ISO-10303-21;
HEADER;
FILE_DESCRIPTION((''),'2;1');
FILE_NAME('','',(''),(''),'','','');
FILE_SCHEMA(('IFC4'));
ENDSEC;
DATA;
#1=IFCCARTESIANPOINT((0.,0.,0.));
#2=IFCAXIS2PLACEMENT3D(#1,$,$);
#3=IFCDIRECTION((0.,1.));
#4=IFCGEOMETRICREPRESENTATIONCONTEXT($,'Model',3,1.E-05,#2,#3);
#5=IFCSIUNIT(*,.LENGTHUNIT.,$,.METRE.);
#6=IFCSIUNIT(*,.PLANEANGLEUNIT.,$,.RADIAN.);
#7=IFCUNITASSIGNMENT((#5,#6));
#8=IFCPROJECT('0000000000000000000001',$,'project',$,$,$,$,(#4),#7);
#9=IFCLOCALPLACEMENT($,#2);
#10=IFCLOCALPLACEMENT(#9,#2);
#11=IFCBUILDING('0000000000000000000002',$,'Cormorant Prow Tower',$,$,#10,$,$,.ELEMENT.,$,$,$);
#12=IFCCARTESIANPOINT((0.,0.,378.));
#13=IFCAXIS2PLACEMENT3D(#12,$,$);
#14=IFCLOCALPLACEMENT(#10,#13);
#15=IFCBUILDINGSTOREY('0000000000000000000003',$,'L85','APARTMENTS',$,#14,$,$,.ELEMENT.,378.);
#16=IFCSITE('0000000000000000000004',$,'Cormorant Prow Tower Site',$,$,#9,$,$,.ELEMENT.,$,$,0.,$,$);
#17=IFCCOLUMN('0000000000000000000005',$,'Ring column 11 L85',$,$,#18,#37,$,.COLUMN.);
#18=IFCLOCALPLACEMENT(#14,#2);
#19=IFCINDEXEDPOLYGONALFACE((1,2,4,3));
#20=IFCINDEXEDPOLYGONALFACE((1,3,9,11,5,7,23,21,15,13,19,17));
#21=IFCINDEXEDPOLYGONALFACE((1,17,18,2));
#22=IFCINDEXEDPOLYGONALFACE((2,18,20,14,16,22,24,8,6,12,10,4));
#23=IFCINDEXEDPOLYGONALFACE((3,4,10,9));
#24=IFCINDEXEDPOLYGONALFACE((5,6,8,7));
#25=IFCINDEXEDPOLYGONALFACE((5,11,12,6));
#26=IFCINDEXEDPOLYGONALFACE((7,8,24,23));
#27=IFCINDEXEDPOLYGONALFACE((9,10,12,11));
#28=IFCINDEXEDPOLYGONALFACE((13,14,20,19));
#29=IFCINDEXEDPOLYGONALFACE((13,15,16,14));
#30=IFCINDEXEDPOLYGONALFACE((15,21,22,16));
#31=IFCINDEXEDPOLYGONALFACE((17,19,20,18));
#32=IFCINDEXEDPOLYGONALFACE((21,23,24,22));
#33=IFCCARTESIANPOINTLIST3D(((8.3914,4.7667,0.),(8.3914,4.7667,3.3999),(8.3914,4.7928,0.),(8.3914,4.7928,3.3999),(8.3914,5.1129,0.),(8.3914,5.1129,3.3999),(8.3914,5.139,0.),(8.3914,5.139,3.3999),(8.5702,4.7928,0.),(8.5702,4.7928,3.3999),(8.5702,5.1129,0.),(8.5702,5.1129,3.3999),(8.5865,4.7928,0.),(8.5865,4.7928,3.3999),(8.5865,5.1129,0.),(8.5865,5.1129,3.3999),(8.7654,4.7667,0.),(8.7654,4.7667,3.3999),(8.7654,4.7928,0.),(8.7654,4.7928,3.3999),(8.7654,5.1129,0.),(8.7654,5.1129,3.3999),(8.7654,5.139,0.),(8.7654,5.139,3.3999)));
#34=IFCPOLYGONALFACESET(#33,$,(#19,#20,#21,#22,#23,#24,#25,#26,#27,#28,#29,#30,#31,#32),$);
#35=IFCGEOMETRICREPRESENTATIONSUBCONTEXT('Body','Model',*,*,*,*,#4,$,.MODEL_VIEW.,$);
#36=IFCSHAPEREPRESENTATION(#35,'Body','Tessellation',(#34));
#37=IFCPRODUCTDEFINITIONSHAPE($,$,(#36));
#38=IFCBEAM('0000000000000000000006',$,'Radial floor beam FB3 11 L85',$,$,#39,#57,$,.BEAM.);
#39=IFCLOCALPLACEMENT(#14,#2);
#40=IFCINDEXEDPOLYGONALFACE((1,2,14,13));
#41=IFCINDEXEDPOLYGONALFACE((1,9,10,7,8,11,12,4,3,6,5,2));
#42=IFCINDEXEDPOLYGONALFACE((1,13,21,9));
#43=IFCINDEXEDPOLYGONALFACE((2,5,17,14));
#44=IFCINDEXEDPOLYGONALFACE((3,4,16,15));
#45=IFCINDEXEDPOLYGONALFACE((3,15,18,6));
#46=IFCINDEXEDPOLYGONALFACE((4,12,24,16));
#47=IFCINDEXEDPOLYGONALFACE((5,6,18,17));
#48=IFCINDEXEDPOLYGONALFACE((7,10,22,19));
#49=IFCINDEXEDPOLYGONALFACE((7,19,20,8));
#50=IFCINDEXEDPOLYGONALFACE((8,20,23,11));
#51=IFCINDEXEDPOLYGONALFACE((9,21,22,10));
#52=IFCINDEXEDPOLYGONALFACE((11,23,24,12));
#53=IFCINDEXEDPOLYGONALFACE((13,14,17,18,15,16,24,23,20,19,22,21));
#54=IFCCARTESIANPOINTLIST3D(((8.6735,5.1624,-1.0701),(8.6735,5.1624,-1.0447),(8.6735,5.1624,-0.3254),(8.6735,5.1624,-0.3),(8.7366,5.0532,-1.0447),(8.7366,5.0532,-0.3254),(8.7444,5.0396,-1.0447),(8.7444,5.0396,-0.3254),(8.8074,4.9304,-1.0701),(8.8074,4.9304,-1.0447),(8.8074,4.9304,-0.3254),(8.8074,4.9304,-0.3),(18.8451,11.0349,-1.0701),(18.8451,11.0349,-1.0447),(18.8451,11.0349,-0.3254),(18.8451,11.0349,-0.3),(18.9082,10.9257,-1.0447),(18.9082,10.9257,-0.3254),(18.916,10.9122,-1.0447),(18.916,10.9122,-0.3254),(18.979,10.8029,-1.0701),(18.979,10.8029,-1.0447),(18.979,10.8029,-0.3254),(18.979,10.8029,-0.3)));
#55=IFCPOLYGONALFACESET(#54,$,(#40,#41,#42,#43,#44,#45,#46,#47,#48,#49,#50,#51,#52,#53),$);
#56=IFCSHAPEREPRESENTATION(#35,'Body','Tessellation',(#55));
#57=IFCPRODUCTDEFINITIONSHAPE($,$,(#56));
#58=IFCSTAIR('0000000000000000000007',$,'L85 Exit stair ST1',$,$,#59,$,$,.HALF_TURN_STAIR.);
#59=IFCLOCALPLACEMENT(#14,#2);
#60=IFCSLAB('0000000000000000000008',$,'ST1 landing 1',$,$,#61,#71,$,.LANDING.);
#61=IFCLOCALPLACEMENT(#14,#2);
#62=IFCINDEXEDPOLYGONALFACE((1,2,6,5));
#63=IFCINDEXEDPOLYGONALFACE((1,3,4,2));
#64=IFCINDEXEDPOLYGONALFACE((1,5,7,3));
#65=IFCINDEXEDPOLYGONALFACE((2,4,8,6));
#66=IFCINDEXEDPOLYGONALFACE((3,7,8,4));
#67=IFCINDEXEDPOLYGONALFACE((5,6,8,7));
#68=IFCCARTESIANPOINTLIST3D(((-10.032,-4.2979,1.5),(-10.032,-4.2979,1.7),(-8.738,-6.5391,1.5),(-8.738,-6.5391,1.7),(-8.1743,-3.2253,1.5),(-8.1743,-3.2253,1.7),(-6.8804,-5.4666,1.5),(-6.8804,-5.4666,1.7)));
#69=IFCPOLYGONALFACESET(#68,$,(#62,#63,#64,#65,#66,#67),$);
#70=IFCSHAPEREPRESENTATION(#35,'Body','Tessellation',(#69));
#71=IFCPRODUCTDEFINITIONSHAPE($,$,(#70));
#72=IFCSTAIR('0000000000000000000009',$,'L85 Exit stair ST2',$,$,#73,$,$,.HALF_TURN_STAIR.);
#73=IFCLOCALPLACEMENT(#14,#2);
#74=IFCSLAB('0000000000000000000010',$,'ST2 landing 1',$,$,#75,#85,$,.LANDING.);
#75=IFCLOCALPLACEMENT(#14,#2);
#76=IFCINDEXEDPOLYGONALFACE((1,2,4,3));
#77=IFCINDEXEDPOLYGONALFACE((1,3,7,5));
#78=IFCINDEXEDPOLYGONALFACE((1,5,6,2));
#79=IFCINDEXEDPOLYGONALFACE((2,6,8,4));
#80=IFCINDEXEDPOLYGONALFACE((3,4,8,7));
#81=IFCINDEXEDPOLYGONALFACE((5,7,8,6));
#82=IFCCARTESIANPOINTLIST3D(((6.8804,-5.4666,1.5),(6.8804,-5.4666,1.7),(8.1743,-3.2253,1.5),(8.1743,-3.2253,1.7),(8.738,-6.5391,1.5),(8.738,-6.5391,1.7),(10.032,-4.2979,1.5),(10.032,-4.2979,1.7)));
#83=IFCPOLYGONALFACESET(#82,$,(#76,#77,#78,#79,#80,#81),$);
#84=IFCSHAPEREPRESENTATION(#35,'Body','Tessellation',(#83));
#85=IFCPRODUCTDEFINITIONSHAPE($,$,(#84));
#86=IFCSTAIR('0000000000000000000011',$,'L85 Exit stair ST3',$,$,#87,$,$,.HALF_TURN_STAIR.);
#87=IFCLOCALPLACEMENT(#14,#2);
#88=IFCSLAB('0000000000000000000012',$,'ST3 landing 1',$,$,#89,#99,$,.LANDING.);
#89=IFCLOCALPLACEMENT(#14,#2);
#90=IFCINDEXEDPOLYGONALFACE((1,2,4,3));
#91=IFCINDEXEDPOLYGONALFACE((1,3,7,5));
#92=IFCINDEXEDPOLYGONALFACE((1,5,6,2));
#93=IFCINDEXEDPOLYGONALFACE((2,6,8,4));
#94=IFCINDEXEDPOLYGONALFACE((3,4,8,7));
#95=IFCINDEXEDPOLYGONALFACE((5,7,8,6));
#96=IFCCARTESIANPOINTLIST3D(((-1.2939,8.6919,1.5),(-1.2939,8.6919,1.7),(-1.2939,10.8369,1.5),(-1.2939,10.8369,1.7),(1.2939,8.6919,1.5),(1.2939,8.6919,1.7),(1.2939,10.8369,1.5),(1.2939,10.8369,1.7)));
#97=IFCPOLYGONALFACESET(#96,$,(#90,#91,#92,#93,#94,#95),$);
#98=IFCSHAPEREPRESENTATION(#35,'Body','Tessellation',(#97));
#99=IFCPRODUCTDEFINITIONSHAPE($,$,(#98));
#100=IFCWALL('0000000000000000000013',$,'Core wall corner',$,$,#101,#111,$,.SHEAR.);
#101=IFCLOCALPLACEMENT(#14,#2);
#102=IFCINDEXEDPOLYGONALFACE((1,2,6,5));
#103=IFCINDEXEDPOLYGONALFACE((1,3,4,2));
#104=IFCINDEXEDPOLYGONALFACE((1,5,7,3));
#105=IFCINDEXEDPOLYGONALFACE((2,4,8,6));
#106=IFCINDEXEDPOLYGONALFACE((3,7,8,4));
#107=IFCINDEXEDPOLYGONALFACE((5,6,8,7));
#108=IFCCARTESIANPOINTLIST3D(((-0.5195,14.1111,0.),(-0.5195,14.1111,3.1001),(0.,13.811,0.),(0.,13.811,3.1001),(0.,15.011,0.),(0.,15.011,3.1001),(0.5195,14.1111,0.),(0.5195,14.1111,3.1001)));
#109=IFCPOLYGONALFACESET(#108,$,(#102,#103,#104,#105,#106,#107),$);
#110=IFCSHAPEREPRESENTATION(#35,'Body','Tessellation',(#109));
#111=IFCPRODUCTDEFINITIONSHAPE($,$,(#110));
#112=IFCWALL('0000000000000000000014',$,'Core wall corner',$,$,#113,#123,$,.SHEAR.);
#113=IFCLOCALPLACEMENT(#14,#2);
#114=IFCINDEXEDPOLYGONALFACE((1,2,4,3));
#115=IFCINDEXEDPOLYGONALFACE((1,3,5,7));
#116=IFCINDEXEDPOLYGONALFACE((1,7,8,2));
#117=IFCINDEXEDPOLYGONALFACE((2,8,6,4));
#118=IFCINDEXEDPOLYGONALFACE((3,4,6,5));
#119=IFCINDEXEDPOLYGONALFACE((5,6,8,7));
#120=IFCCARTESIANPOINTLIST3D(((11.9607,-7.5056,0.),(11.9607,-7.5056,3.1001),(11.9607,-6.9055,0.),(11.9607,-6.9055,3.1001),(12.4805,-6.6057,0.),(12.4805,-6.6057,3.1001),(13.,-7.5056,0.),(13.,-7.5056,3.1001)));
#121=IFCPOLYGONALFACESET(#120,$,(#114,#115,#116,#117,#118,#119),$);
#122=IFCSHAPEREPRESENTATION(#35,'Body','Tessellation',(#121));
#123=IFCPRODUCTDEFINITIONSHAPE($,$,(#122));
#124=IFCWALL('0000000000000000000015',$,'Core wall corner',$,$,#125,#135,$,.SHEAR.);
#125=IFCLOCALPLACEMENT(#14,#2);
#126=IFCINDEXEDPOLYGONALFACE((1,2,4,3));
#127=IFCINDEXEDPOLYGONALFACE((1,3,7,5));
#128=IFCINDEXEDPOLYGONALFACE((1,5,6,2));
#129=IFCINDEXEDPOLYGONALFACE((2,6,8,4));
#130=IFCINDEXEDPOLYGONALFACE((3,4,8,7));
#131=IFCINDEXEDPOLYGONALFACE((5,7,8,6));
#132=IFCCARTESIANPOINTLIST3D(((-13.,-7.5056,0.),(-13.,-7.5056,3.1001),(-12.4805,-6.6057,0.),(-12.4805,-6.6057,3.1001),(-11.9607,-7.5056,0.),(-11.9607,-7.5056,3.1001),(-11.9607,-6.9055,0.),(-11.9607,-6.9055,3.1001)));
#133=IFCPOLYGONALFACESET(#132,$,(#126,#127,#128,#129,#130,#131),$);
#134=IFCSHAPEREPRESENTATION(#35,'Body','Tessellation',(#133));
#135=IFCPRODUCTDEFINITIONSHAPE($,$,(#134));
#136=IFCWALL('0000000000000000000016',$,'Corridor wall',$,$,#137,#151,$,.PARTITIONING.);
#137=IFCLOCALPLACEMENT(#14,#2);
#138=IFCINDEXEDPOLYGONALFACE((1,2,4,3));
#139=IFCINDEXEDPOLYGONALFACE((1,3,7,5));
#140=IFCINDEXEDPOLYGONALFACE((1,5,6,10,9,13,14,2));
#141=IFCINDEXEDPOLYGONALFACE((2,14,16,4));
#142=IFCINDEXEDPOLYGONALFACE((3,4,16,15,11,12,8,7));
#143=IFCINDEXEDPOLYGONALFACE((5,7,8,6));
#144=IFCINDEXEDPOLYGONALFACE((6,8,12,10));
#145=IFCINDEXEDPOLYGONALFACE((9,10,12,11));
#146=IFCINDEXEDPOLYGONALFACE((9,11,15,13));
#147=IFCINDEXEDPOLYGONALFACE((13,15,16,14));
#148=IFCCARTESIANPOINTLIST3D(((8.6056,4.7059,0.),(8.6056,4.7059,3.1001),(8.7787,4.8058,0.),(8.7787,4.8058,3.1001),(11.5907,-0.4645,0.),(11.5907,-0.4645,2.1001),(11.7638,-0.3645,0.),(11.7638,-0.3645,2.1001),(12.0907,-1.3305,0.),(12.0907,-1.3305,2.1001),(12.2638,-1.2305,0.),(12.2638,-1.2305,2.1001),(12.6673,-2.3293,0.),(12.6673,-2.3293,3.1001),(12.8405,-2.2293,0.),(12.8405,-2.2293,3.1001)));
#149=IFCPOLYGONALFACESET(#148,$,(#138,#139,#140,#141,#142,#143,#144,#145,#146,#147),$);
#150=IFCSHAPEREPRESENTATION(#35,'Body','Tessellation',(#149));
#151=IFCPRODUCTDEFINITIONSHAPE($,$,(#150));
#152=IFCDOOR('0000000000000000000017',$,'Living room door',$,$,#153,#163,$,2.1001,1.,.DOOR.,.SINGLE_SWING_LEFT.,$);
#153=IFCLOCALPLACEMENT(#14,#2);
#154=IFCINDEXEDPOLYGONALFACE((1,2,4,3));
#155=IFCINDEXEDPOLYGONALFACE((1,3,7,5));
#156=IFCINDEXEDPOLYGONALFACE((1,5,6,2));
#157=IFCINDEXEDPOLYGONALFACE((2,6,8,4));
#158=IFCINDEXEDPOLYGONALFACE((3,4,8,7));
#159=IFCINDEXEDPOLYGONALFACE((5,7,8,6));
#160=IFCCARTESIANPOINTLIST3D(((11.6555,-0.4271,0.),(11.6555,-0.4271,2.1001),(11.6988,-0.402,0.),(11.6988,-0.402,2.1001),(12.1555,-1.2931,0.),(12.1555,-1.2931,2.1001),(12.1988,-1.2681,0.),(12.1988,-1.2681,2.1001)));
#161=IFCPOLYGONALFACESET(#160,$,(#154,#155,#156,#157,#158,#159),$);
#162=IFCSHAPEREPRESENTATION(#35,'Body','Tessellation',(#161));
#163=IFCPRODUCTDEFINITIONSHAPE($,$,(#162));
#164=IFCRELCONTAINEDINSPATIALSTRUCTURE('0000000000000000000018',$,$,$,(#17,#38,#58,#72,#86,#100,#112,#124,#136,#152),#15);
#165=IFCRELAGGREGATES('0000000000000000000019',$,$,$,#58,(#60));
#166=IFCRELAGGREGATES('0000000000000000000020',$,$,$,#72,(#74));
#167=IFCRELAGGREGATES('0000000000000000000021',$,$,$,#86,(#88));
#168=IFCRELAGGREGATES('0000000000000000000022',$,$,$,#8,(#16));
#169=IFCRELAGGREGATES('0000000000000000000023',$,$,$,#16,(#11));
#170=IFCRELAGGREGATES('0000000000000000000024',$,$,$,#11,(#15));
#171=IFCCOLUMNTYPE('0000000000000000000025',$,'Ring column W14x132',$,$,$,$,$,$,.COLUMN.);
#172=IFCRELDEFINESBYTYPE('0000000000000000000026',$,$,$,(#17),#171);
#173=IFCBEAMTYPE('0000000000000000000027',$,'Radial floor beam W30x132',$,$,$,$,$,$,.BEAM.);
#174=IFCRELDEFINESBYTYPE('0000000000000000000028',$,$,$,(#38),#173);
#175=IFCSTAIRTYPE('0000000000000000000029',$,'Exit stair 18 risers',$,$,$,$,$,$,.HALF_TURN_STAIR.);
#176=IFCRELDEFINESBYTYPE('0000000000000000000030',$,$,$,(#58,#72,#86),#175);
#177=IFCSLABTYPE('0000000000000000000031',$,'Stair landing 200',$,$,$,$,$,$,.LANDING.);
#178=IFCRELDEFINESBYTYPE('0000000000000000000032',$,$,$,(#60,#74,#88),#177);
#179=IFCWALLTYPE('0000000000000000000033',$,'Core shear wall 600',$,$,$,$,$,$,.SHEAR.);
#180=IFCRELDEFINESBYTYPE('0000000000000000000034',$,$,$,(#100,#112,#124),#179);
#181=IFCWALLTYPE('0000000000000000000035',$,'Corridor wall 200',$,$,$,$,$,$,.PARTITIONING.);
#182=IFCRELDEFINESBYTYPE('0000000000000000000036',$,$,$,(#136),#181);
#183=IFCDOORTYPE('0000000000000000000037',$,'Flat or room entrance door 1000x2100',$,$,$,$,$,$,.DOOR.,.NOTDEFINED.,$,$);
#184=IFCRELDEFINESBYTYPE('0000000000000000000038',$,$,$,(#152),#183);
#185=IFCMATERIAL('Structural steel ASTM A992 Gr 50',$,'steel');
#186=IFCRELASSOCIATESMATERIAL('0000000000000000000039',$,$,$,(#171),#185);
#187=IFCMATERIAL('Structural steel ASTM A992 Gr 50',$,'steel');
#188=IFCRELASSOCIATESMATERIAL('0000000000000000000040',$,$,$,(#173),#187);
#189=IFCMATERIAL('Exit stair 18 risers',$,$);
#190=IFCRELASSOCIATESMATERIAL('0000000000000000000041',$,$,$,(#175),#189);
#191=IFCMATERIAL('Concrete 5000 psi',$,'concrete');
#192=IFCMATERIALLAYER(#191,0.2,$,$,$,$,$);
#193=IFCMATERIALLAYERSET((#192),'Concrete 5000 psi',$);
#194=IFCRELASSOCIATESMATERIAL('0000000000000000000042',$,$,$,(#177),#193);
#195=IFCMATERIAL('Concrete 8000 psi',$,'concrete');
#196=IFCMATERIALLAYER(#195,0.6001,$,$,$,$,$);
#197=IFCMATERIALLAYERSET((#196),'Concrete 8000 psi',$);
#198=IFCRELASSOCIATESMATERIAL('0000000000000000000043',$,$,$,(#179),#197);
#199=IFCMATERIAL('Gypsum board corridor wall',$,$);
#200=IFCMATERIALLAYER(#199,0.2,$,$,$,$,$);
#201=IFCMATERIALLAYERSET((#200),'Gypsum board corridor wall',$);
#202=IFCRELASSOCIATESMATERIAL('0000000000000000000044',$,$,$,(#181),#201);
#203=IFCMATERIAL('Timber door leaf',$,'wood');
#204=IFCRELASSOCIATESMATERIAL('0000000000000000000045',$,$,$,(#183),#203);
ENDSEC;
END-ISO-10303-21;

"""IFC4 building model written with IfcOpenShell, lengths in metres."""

from ifc_helpers import new_model, si_unit, direction, frame, frame_2d, origin, origin_2d, place, context, subcontext, project, spatial, polyline, rectangle, i_section, outline, extrude, material, layer, layer_set, material_profile, profile_set, type_object, element, fill, aggregate, save


model = new_model("IFC4")

# Units and contexts
model_context = context("Model", 3, precision=1e-05, world=origin(), true_north=direction((0.0, 1.0)))
body_context = subcontext(model_context, "Body", "Model", "MODEL_VIEW")
ifc_project = project(units=[si_unit("LENGTHUNIT", "METRE"), si_unit("PLANEANGLEUNIT", "RADIAN")], contexts=[model_context])

# Site, building, storey
site_placement = place(None, origin())
site = spatial("IfcSite", under=ifc_project, at=site_placement, Name="Cormorant Prow Tower Site", CompositionType="ELEMENT", RefElevation=0.0)
building_placement = place(site_placement, origin())
building = spatial("IfcBuilding", under=site, at=building_placement, Name="Cormorant Prow Tower", CompositionType="ELEMENT")
storey_placement = place(building_placement, frame((0.0, 0.0, 378.0)))
storey = spatial("IfcBuildingStorey", under=building, at=storey_placement, Name="L85", Description="APARTMENTS", CompositionType="ELEMENT", Elevation=378.0)

# Column
ifc_material_1 = material(Name="Structural steel ASTM A992 Gr 50", Category="steel")
ifc_material_profile_1 = material_profile(ifc_material_1, i_section(OverallWidth=0.374, OverallDepth=0.3723, WebThickness=0.0164, FlangeThickness=0.0261, at=origin_2d()), Name="W14x132")
ifc_profile_set_1 = profile_set([ifc_material_profile_1], Name="Structural steel ASTM A992 Gr 50")
column_type = type_object("IfcColumnType", Name="Ring column W14x132", PredefinedType="COLUMN", material=ifc_profile_set_1)
column_placement = place(storey_placement, frame((8.5784, 4.9529, 0.0), z_axis=(0.0, 0.0, 1.0), x_axis=(1.0, 0.0, 0.0)))
element("IfcColumn", 1, at=column_placement, inside=storey, type_object=column_type, Name="Ring column 11 L85", PredefinedType="COLUMN", context=body_context, shape_type="SweptSolid", body=[
    extrude(i_section(OverallWidth=0.374, OverallDepth=0.3723, WebThickness=0.0164, FlangeThickness=0.0261, at=origin_2d()), origin(), (0.0, 0.0, 1.0), 3.3999),
])

# Beam
ifc_material_2 = material(Name="Structural steel ASTM A992 Gr 50", Category="steel")
ifc_material_profile_2 = material_profile(ifc_material_2, i_section(OverallWidth=0.2678, OverallDepth=0.77, WebThickness=0.0156, FlangeThickness=0.0254, at=origin_2d()), Name="W30x132")
ifc_profile_set_2 = profile_set([ifc_material_profile_2], Name="Structural steel ASTM A992 Gr 50")
beam_type = type_object("IfcBeamType", Name="Radial floor beam W30x132", PredefinedType="BEAM", material=ifc_profile_set_2)
beam_placement = place(storey_placement, frame((8.7405, 5.0464, -0.6851), z_axis=(0.866027, 0.499998, 0.0), x_axis=(-0.499998, 0.866027, 0.0)))
element("IfcBeam", 2, at=beam_placement, inside=storey, type_object=beam_type, Name="Radial floor beam FB3 11 L85", PredefinedType="BEAM", context=body_context, shape_type="SweptSolid", body=[
    extrude(i_section(OverallWidth=0.2678, OverallDepth=0.77, WebThickness=0.0156, FlangeThickness=0.0254, at=origin_2d()), origin(), (0.0, 0.0, 1.0), 11.7451),
])

# Stairs, slabs
ifc_material_3 = material(Name="Exit stair 18 risers")
stair_type = type_object("IfcStairType", Name="Exit stair 18 risers", PredefinedType="HALF_TURN_STAIR", material=ifc_material_3)
stair_1_placement = place(storey_placement, origin())
stair_1 = element("IfcStair", 3, at=stair_1_placement, inside=storey, type_object=stair_type, Name="L85 Exit stair ST1", PredefinedType="HALF_TURN_STAIR")
ifc_material_4 = material(Name="Concrete 5000 psi", Category="concrete")
ifc_layer_1 = layer(ifc_material_4, 0.2)
ifc_layer_set_1 = layer_set([ifc_layer_1], Name="Concrete 5000 psi")
slab_type = type_object("IfcSlabType", Name="Stair landing 200", PredefinedType="LANDING", material=ifc_layer_set_1)
slab_1_placement = place(storey_placement, frame((0.0, 0.0, 1.5)))
slab_1 = element("IfcSlab", 4, at=slab_1_placement, type_object=slab_type, Name="ST1 landing 1", PredefinedType="LANDING", context=body_context, shape_type="SweptSolid", body=[
    extrude(outline(polyline([(-8.1743, -3.2253), (-10.032, -4.2979), (-8.738, -6.5391), (-6.8804, -5.4666), (-8.1743, -3.2253)])), origin(), (0.0, 0.0, 1.0), 0.2),
])
aggregate(stair_1, [slab_1])
stair_2_placement = place(storey_placement, origin())
stair_2 = element("IfcStair", 5, at=stair_2_placement, inside=storey, type_object=stair_type, Name="L85 Exit stair ST2", PredefinedType="HALF_TURN_STAIR")
slab_2_placement = place(storey_placement, frame((0.0, 0.0, 1.5)))
slab_2 = element("IfcSlab", 6, at=slab_2_placement, type_object=slab_type, Name="ST2 landing 1", PredefinedType="LANDING", context=body_context, shape_type="SweptSolid", body=[
    extrude(outline(polyline([(6.8804, -5.4666), (8.738, -6.5391), (10.032, -4.2979), (8.1743, -3.2253), (6.8804, -5.4666)])), origin(), (0.0, 0.0, 1.0), 0.2),
])
aggregate(stair_2, [slab_2])
stair_3_placement = place(storey_placement, origin())
stair_3 = element("IfcStair", 7, at=stair_3_placement, inside=storey, type_object=stair_type, Name="L85 Exit stair ST3", PredefinedType="HALF_TURN_STAIR")
slab_3_placement = place(storey_placement, frame((0.0, 0.0, 1.5)))
slab_3 = element("IfcSlab", 8, at=slab_3_placement, type_object=slab_type, Name="ST3 landing 1", PredefinedType="LANDING", context=body_context, shape_type="SweptSolid", body=[
    extrude(outline(polyline([(1.2939, 8.6919), (1.2939, 10.8369), (-1.2939, 10.8369), (-1.2939, 8.6919), (1.2939, 8.6919)])), origin(), (0.0, 0.0, 1.0), 0.2),
])

# Walls
ifc_material_5 = material(Name="Concrete 8000 psi", Category="concrete")
ifc_layer_2 = layer(ifc_material_5, 0.6001)
ifc_layer_set_2 = layer_set([ifc_layer_2], Name="Concrete 8000 psi")
wall_type_1 = type_object("IfcWallType", Name="Core shear wall 600", PredefinedType="SHEAR", material=ifc_layer_set_2)
wall_1_placement = place(storey_placement, origin())
element("IfcWall", 9, at=wall_1_placement, inside=storey, type_object=wall_type_1, Name="Core wall corner", PredefinedType="SHEAR", context=body_context, shape_type="SweptSolid", body=[
    extrude(outline(polyline([(-0.5195, 14.1111), (0.0, 15.011), (0.5195, 14.1111), (0.0, 13.811), (-0.5195, 14.1111)])), origin(), (0.0, 0.0, 1.0), 3.1001),
])
wall_2_placement = place(storey_placement, origin())
element("IfcWall", 10, at=wall_2_placement, inside=storey, type_object=wall_type_1, Name="Core wall corner", PredefinedType="SHEAR", context=body_context, shape_type="SweptSolid", body=[
    extrude(outline(polyline([(11.9607, -7.5056), (11.9607, -6.9055), (12.4805, -6.6057), (13.0, -7.5056), (11.9607, -7.5056)])), origin(), (0.0, 0.0, 1.0), 3.1001),
])
wall_3_placement = place(storey_placement, origin())
element("IfcWall", 11, at=wall_3_placement, inside=storey, type_object=wall_type_1, Name="Core wall corner", PredefinedType="SHEAR", context=body_context, shape_type="SweptSolid", body=[
    extrude(outline(polyline([(-12.4805, -6.6057), (-11.9607, -6.9055), (-11.9607, -7.5056), (-13.0, -7.5056), (-12.4805, -6.6057)])), origin(), (0.0, 0.0, 1.0), 3.1001),
])

# Wall, opening, door
ifc_material_6 = material(Name="Gypsum board corridor wall")
ifc_layer_3 = layer(ifc_material_6, 0.2)
ifc_layer_set_3 = layer_set([ifc_layer_3], Name="Gypsum board corridor wall")
wall_type_2 = type_object("IfcWallType", Name="Corridor wall 200", PredefinedType="PARTITIONING", material=ifc_layer_set_3)
wall_4_placement = place(storey_placement, frame((8.6921, 4.7559, 0.0), z_axis=(0.0, 0.0, 1.0), x_axis=(0.500002, -0.866024, 0.0)))
wall_4 = element("IfcWall", 12, at=wall_4_placement, inside=storey, type_object=wall_type_2, Name="Corridor wall", PredefinedType="PARTITIONING", context=body_context, shape_type="SweptSolid", body=[
    extrude(rectangle(XDim=8.1235, YDim=0.2, at=frame_2d((4.0618, 0.0))), origin(), (0.0, 0.0, 1.0), 3.1001),
])
opening_1_placement = place(wall_4_placement, frame((5.9702, 0.0, 0.0)))
opening_1 = element("IfcOpeningElement", 13, at=opening_1_placement, cuts=wall_4, PredefinedType="OPENING", context=body_context, shape_type="SweptSolid", body=[
    extrude(rectangle(XDim=1.0, YDim=2.1001, at=frame_2d((0.5, 1.05))), frame((0.0, 0.1099, 0.0), z_axis=(0.0, -1.0, 0.0), x_axis=(1.0, 0.0, 0.0)), (0.0, 0.0, 1.0), 0.22),
])
ifc_material_7 = material(Name="Timber door leaf", Category="wood")
door_type_1 = type_object("IfcDoorType", Name="Flat or room entrance door 1000x2100", OperationType="NOTDEFINED", PredefinedType="DOOR", material=ifc_material_7)
door_1_placement = place(opening_1_placement, origin())
door_1 = element("IfcDoor", 14, at=door_1_placement, inside=storey, type_object=door_type_1, Name="Living room door", OperationType="SINGLE_SWING_LEFT", OverallHeight=2.1001, OverallWidth=1.0, PredefinedType="DOOR", context=body_context, shape_type="SweptSolid", body=[
    extrude(rectangle(XDim=1.0, YDim=2.1001, at=frame_2d((0.5, 1.05))), frame((0.0, 0.0249, 0.0), z_axis=(0.0, -1.0, 0.0), x_axis=(1.0, 0.0, 0.0)), (0.0, 0.0, 1.0), 0.05),
])
fill(opening_1, door_1)

aggregate(stair_3, [slab_3])

save(model, "model.ifc")
